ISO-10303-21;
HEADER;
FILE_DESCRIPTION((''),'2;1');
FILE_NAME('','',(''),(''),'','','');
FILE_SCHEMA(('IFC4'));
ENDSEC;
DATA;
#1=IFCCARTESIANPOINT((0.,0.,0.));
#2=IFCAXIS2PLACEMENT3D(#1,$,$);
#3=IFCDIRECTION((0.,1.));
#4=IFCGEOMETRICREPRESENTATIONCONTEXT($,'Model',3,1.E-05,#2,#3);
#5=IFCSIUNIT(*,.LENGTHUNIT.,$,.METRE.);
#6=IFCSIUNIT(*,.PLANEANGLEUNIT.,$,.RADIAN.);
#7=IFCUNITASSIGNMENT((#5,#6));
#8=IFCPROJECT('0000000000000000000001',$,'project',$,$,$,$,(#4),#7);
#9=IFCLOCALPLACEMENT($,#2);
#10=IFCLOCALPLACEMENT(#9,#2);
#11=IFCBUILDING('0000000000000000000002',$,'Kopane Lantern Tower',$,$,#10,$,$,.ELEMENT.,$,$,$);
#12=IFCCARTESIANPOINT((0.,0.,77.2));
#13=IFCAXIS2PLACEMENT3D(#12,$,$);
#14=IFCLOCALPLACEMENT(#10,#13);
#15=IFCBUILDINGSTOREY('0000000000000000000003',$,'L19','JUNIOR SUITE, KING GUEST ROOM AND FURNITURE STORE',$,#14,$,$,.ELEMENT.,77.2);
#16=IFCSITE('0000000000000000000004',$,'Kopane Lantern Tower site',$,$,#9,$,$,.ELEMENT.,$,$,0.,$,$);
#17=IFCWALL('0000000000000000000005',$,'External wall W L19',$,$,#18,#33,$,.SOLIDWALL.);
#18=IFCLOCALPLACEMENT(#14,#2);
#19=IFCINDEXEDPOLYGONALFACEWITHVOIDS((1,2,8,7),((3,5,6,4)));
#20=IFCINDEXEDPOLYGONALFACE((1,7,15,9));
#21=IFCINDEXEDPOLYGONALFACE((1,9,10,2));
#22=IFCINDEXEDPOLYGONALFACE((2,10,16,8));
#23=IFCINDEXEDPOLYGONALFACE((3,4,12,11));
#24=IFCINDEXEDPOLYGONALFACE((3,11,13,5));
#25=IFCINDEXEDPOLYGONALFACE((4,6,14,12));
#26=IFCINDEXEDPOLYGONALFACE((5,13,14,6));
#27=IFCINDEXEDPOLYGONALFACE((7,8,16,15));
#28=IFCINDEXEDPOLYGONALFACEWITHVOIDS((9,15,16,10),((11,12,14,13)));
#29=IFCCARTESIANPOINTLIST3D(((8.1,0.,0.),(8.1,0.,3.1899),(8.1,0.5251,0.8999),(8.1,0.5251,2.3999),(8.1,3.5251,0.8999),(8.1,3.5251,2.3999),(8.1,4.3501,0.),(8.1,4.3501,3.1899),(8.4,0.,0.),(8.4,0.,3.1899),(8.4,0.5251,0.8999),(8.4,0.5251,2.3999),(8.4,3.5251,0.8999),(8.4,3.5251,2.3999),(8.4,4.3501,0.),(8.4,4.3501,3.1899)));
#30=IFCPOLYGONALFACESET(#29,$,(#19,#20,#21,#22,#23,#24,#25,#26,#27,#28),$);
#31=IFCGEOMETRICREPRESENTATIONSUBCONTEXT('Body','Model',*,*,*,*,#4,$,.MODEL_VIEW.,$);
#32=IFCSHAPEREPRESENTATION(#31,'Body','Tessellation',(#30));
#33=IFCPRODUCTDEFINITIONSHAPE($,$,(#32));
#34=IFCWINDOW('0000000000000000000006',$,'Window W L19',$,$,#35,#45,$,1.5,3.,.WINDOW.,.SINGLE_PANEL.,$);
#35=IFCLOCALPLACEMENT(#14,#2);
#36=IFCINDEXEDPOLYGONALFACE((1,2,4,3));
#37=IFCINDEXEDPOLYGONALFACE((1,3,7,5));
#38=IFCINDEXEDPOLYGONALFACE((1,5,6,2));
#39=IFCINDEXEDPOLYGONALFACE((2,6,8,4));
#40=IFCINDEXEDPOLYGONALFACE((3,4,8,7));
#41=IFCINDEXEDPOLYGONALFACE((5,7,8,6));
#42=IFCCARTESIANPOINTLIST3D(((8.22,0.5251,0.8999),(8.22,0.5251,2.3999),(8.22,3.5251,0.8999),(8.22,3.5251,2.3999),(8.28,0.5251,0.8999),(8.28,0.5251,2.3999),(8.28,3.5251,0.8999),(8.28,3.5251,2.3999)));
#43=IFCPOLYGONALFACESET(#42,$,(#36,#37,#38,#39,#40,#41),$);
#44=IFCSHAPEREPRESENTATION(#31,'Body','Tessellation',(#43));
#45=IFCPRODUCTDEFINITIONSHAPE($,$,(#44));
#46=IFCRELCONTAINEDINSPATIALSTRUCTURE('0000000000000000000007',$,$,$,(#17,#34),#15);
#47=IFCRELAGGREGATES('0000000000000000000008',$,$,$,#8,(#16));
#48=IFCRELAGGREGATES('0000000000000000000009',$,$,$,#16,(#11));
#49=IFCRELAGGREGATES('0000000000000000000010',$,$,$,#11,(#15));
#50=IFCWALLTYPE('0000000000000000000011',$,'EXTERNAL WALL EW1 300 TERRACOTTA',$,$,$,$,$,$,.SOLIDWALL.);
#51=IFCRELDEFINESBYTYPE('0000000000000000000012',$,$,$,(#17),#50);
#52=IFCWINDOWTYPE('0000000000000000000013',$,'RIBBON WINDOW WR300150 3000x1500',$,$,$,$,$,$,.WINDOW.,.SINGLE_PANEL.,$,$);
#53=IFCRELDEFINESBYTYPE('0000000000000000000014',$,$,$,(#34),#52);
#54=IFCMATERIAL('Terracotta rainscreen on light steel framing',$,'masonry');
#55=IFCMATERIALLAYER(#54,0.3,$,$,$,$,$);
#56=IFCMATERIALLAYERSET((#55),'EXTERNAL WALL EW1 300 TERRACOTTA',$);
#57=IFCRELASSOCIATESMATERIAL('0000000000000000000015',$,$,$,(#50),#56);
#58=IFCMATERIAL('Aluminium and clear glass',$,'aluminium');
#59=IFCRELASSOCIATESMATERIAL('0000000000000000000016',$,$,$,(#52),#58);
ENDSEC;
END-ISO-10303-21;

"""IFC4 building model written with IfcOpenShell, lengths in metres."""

from ifc_helpers import new_model, si_unit, direction, frame, frame_2d, origin, place, context, subcontext, project, spatial, rectangle, extrude, material, layer, layer_set, type_object, element, fill, save


model = new_model("IFC4")

# Units and contexts
model_context = context("Model", 3, precision=1e-05, world=origin(), true_north=direction((0.0, 1.0)))
body_context = subcontext(model_context, "Body", "Model", "MODEL_VIEW")
ifc_project = project(units=[si_unit("LENGTHUNIT", "METRE"), si_unit("PLANEANGLEUNIT", "RADIAN")], contexts=[model_context])

# Site, building, storey
site_placement = place(None, origin())
site = spatial("IfcSite", under=ifc_project, at=site_placement, Name="Kopane Lantern Tower site", CompositionType="ELEMENT", RefElevation=0.0)
building_placement = place(site_placement, origin())
building = spatial("IfcBuilding", under=site, at=building_placement, Name="Kopane Lantern Tower", CompositionType="ELEMENT")
storey_placement = place(building_placement, frame((0.0, 0.0, 77.2)))
storey = spatial("IfcBuildingStorey", under=building, at=storey_placement, Name="L19", Description="JUNIOR SUITE, KING GUEST ROOM AND FURNITURE STORE", CompositionType="ELEMENT", Elevation=77.2)

# Shared definitions
ifc_material_1 = material(Name="Terracotta rainscreen on light steel framing", Category="masonry")
ifc_layer = layer(ifc_material_1, 0.3)
ifc_layer_set = layer_set([ifc_layer], Name="EXTERNAL WALL EW1 300 TERRACOTTA")
wall_type = type_object("IfcWallType", Name="EXTERNAL WALL EW1 300 TERRACOTTA", PredefinedType="SOLIDWALL", material=ifc_layer_set)
ifc_material_2 = material(Name="Aluminium and clear glass", Category="aluminium")
window_type = type_object("IfcWindowType", Name="RIBBON WINDOW WR300150 3000x1500", PartitioningType="SINGLE_PANEL", PredefinedType="WINDOW", material=ifc_material_2)

# Wall, opening, window
wall_1_placement = place(storey_placement, frame((8.25, 4.3501, 0.0), z_axis=(0.0, 0.0, 1.0), x_axis=(0.0, -1.0, 0.0)))
wall_1 = element("IfcWall", 1, at=wall_1_placement, inside=storey, type_object=wall_type, Name="External wall W L19", PredefinedType="SOLIDWALL", context=body_context, shape_type="SweptSolid", body=[
    extrude(rectangle(XDim=4.3501, YDim=0.3, at=frame_2d((2.175, 0.0))), origin(), (0.0, 0.0, 1.0), 3.1899),
])
opening_1_placement = place(wall_1_placement, frame((0.825, 0.0, 0.8999)))
opening_1 = element("IfcOpeningElement", 2, at=opening_1_placement, cuts=wall_1, PredefinedType="OPENING", context=body_context, shape_type="SweptSolid", body=[
    extrude(rectangle(XDim=3.0, YDim=1.5, at=frame_2d((1.5, 0.75))), frame((0.0, 0.1599, 0.0), z_axis=(0.0, -1.0, 0.0), x_axis=(1.0, 0.0, 0.0)), (0.0, 0.0, 1.0), 0.3201),
])
window_1_placement = place(opening_1_placement, origin())
window_1 = element("IfcWindow", 3, at=window_1_placement, inside=storey, type_object=window_type, Name="Window W L19", OverallHeight=1.5, OverallWidth=3.0, PartitioningType="SINGLE_PANEL", PredefinedType="WINDOW", context=body_context, shape_type="SweptSolid", body=[
    extrude(rectangle(XDim=3.0, YDim=1.5, at=frame_2d((1.5, 0.75))), frame((0.0, 0.03, 0.0), z_axis=(0.0, -1.0, 0.0), x_axis=(1.0, 0.0, 0.0)), (0.0, 0.0, 1.0), 0.0601),
])
fill(opening_1, window_1)

save(model, "model.ifc")
